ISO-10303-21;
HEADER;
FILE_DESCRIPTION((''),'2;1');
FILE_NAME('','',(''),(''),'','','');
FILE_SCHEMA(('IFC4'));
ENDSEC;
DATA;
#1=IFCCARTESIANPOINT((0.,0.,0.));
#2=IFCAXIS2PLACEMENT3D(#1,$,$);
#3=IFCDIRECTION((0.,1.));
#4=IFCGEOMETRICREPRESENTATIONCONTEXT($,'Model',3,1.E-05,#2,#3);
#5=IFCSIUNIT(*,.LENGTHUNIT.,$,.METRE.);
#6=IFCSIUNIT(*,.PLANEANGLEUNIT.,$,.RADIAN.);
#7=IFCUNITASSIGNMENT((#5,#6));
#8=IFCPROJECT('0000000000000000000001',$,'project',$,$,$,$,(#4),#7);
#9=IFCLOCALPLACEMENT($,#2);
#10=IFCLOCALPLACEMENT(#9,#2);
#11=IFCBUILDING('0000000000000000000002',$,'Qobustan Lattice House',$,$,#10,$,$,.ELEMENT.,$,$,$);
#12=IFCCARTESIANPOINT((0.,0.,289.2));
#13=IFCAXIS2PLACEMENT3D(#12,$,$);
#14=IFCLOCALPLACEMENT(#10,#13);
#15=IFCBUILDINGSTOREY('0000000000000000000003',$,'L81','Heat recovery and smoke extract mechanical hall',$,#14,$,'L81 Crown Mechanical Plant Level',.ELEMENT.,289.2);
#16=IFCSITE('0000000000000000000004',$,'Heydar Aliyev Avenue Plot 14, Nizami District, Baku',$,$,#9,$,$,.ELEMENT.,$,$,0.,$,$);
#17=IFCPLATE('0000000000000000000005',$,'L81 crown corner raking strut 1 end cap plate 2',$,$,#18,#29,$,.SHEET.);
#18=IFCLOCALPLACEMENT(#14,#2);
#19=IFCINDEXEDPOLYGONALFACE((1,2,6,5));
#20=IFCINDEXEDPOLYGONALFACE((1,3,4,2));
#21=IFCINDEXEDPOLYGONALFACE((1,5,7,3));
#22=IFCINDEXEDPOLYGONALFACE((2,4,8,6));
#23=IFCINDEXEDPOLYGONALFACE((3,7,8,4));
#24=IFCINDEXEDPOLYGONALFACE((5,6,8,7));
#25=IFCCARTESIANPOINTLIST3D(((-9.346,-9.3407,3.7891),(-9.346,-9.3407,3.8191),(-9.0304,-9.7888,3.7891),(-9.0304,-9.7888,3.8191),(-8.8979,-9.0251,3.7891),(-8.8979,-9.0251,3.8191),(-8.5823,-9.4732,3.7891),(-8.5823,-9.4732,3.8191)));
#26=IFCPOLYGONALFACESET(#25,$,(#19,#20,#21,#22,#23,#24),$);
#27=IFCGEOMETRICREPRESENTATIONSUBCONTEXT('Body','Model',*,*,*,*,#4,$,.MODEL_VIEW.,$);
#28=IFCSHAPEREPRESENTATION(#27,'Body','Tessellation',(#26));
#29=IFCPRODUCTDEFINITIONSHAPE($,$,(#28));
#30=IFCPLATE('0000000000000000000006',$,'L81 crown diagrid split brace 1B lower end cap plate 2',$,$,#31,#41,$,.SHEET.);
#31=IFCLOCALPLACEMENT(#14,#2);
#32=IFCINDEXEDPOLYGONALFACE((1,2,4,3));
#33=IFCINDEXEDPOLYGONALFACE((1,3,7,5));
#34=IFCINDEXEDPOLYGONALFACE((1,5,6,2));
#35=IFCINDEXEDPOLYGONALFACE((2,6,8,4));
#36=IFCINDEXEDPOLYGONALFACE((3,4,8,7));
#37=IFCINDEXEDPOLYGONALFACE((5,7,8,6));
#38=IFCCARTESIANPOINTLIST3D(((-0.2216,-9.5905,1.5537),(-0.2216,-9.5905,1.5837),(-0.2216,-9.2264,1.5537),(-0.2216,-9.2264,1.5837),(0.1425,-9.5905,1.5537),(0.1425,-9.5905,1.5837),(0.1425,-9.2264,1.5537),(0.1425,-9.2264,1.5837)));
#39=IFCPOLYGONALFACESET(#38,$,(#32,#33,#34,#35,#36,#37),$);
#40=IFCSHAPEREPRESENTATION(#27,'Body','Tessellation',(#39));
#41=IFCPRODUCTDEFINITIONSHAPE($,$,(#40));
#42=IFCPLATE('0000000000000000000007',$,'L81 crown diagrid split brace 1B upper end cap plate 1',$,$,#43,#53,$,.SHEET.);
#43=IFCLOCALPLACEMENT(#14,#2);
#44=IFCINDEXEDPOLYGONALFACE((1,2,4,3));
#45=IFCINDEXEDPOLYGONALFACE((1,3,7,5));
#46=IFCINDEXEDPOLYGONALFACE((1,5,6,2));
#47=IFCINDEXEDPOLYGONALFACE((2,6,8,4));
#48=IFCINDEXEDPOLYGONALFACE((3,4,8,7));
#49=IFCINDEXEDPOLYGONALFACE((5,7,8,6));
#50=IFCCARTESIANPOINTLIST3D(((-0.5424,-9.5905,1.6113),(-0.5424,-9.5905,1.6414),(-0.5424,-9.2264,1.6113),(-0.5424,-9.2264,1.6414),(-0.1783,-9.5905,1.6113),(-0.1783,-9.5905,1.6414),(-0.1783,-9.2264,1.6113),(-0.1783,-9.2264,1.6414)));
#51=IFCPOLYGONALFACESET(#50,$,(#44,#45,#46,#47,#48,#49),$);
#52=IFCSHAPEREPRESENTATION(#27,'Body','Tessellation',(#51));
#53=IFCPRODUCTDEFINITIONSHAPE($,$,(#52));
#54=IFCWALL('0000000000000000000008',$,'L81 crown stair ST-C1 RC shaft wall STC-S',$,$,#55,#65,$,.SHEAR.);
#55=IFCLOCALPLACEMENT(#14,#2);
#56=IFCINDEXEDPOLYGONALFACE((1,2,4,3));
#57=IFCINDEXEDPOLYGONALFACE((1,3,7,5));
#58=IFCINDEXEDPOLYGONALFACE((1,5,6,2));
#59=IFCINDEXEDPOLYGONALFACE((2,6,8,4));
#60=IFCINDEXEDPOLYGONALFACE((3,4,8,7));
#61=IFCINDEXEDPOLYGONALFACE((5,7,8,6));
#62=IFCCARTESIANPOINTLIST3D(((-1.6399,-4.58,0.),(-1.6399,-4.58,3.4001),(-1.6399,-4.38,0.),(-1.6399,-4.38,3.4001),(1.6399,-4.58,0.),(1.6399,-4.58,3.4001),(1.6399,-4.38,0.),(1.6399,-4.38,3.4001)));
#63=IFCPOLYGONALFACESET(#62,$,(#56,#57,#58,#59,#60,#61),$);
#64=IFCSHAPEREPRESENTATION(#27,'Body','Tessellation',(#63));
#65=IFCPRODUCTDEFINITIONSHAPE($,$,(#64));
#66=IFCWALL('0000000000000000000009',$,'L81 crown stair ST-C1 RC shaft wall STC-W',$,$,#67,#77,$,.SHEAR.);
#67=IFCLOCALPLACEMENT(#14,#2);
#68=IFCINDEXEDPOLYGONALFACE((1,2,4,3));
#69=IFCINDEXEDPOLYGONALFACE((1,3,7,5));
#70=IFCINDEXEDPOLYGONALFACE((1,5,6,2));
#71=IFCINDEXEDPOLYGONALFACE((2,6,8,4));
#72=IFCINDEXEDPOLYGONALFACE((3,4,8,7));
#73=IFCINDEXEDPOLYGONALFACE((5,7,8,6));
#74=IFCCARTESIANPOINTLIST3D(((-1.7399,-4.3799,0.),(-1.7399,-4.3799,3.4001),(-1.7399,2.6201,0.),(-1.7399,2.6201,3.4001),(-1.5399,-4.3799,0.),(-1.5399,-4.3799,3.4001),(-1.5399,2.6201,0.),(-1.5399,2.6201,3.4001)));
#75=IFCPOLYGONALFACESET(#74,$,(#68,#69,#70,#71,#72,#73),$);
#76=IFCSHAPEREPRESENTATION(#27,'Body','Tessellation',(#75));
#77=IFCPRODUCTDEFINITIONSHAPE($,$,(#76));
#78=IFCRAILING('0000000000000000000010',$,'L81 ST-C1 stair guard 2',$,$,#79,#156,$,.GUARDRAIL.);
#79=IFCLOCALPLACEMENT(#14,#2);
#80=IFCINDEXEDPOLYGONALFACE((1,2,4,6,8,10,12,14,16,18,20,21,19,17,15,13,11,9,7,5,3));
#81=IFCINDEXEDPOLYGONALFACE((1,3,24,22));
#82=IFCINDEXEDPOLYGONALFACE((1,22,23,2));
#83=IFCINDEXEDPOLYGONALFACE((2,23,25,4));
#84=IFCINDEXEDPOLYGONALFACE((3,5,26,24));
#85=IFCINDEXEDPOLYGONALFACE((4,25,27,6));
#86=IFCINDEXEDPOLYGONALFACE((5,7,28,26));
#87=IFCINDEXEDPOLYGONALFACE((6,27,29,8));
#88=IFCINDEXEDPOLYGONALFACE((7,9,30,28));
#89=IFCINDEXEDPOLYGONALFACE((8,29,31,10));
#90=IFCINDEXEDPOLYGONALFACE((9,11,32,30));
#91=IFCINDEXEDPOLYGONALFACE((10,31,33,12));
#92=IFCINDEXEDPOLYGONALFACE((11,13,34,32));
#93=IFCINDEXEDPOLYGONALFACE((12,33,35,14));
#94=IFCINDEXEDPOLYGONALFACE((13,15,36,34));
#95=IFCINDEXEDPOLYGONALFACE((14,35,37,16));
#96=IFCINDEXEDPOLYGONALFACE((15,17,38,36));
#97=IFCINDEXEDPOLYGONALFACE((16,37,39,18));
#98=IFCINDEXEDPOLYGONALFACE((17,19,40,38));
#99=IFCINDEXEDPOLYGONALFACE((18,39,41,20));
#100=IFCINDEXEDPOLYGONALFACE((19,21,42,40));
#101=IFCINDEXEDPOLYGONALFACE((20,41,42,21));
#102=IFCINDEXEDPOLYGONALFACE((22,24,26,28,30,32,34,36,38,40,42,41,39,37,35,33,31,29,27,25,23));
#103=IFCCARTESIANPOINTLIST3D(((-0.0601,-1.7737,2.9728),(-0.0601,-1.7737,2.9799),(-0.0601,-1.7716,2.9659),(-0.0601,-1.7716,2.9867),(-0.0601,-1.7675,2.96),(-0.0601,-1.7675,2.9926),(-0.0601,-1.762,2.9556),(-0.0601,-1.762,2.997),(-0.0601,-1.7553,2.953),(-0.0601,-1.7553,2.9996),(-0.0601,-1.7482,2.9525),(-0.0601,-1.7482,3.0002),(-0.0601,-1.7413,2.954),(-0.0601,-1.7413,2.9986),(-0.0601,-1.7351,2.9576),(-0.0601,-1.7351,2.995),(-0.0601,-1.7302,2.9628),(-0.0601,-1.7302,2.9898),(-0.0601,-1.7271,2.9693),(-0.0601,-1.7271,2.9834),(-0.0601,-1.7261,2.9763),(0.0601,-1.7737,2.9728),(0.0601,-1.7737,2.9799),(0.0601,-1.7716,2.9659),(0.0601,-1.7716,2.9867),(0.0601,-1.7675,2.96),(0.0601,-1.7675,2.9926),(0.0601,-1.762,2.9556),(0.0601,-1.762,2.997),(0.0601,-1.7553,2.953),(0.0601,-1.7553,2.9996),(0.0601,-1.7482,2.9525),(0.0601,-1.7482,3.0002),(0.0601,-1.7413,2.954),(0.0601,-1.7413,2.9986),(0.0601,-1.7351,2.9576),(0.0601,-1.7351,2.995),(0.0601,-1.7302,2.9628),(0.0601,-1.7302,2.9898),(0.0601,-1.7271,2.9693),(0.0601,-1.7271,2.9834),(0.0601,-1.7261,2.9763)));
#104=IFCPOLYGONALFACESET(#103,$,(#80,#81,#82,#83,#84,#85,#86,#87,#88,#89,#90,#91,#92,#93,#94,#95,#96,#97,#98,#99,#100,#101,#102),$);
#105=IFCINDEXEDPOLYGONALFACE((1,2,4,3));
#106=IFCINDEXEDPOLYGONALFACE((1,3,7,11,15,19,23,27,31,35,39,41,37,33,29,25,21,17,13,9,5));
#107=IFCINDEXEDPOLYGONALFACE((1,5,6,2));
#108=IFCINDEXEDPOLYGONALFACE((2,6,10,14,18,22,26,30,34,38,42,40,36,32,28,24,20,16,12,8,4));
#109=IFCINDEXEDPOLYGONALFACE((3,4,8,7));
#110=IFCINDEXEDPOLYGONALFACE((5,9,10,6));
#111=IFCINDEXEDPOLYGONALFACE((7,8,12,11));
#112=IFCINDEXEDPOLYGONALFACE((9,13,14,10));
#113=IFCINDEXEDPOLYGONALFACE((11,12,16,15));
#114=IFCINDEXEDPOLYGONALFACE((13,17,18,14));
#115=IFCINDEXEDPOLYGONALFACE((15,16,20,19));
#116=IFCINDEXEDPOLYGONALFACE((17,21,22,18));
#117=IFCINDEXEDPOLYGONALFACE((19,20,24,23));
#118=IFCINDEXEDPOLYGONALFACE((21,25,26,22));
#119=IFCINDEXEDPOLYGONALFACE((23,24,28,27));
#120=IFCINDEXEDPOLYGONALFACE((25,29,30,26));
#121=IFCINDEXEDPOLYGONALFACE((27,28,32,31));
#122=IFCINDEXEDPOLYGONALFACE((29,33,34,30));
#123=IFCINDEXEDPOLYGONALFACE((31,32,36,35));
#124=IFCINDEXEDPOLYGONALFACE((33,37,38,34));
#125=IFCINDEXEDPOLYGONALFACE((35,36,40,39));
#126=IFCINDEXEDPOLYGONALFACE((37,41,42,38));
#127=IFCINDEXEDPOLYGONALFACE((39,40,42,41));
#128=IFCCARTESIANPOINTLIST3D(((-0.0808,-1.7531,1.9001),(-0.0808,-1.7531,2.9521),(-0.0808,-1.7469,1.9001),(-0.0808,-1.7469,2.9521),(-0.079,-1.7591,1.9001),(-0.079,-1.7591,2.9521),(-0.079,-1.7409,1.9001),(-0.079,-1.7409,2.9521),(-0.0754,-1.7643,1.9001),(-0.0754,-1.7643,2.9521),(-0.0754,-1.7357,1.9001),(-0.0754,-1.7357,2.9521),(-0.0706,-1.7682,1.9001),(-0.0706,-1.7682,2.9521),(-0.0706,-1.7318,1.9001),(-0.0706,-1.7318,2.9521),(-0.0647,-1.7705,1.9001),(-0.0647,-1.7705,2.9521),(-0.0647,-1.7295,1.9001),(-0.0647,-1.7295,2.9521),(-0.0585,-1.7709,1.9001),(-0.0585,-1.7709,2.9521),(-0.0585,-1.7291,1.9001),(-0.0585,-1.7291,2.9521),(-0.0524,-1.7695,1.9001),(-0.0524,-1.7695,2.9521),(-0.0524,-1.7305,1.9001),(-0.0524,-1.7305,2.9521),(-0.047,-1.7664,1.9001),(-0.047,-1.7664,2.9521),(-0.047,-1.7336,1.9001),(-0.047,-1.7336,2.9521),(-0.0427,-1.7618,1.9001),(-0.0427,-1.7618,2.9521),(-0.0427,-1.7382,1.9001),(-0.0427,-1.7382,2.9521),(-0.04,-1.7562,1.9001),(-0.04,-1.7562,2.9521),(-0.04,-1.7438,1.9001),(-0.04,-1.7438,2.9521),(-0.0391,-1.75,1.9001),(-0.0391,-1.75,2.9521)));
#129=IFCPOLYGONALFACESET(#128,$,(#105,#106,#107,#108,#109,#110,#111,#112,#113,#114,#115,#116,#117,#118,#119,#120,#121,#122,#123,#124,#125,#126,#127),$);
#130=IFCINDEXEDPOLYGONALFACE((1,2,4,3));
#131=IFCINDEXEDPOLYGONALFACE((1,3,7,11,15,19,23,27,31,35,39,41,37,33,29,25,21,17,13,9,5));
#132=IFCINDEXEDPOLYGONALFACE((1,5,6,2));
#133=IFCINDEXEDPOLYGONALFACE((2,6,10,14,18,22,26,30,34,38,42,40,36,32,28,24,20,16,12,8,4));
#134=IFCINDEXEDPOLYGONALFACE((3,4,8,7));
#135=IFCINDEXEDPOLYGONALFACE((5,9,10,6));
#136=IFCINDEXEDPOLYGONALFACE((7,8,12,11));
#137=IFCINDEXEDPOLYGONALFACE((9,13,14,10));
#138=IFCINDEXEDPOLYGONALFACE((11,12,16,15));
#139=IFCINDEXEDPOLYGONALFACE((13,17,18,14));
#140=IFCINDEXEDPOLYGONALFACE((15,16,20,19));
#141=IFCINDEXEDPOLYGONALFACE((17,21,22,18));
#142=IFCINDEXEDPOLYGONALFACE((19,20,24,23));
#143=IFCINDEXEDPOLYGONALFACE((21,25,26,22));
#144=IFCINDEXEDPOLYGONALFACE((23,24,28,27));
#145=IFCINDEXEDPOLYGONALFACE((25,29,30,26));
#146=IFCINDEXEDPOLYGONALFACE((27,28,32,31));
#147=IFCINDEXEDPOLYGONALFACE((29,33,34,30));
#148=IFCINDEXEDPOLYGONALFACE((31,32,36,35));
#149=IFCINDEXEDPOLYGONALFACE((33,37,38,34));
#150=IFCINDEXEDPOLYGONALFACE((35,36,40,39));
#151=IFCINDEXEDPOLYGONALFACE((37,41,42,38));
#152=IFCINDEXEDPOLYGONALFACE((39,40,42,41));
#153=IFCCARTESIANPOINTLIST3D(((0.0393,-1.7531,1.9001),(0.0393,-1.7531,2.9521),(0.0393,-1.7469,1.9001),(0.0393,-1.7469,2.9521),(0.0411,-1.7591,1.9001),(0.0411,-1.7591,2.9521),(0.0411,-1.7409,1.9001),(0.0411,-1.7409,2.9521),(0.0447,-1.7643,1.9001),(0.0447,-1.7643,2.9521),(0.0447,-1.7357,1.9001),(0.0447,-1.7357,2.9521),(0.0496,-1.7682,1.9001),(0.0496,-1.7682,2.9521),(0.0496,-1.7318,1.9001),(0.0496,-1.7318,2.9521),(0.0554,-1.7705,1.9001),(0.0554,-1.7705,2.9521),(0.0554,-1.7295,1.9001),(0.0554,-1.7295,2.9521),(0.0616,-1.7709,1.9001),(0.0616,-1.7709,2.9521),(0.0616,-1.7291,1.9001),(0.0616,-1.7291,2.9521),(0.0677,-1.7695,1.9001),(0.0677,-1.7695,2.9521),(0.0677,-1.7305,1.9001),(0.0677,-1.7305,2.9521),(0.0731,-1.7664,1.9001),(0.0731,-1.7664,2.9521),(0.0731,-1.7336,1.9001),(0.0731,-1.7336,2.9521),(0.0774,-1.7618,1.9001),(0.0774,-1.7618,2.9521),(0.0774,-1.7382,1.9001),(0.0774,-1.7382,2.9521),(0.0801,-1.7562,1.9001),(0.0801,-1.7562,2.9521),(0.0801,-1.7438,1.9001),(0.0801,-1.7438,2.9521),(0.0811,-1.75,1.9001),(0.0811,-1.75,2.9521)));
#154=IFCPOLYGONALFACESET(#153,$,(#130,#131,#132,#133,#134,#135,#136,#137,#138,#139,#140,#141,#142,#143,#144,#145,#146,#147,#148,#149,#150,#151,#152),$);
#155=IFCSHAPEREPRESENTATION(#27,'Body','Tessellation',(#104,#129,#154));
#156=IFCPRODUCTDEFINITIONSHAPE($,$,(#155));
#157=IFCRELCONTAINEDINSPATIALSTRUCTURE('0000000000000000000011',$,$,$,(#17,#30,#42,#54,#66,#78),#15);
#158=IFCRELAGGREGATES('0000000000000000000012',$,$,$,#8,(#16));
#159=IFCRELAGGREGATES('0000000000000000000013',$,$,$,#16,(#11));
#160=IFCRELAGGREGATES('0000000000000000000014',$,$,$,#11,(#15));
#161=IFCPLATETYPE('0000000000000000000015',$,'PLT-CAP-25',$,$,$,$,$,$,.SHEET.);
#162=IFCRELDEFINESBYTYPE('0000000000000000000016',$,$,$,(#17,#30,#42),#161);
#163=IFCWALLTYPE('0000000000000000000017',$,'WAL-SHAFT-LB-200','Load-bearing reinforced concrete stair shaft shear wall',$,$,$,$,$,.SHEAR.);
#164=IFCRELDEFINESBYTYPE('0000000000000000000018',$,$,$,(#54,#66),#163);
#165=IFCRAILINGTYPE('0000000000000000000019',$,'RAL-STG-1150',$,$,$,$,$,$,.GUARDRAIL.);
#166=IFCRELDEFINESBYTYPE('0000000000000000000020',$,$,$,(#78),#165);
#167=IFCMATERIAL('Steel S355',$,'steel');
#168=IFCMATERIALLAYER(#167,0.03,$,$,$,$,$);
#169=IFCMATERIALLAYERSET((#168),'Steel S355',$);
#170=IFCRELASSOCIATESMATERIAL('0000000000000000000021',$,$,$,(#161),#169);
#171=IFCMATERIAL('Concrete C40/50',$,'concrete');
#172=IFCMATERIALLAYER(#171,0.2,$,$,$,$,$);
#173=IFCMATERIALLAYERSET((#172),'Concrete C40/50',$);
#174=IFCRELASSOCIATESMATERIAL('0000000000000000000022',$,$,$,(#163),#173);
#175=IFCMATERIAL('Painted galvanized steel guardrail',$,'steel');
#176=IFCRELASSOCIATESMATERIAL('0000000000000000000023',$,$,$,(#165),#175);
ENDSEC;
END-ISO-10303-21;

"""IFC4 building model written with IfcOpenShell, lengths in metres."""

from ifc_helpers import new_model, si_unit, direction, frame, frame_2d, origin, origin_2d, place, context, subcontext, project, spatial, rectangle, circle, extrude, material, layer, layer_set, type_object, element, save


model = new_model("IFC4")

# Units and contexts
model_context = context("Model", 3, precision=1e-05, world=origin(), true_north=direction((0.0, 1.0)))
body_context = subcontext(model_context, "Body", "Model", "MODEL_VIEW")
ifc_project = project(units=[si_unit("LENGTHUNIT", "METRE"), si_unit("PLANEANGLEUNIT", "RADIAN")], contexts=[model_context])

# Site, building, storey
site_placement = place(None, origin())
site = spatial("IfcSite", under=ifc_project, at=site_placement, Name="Heydar Aliyev Avenue Plot 14, Nizami District, Baku", CompositionType="ELEMENT", RefElevation=0.0)
building_placement = place(site_placement, origin())
building = spatial("IfcBuilding", under=site, at=building_placement, Name="Qobustan Lattice House", CompositionType="ELEMENT")
storey_placement = place(building_placement, frame((0.0, 0.0, 289.2)))
storey = spatial("IfcBuildingStorey", under=building, at=storey_placement, Name="L81", Description="Heat recovery and smoke extract mechanical hall", LongName="L81 Crown Mechanical Plant Level", CompositionType="ELEMENT", Elevation=289.2)

# Plates
ifc_material_1 = material(Name="Steel S355", Category="steel")
ifc_layer_1 = layer(ifc_material_1, 0.03)
ifc_layer_set_1 = layer_set([ifc_layer_1], Name="Steel S355")
plate_type_1 = type_object("IfcPlateType", Name="PLT-CAP-25", PredefinedType="SHEET", material=ifc_layer_set_1)
plate_1_placement = place(storey_placement, frame((-8.9641, -9.407, 3.7891), z_axis=(0.0, 0.0, 1.0), x_axis=(0.817587, 0.575805, 0.0)))
element("IfcPlate", 1, at=plate_1_placement, inside=storey, type_object=plate_type_1, Name="L81 crown corner raking strut 1 end cap plate 2", PredefinedType="SHEET", context=body_context, shape_type="SweptSolid", body=[
    extrude(rectangle(XDim=0.5481, YDim=0.5481, at=origin_2d()), origin(), (0.0, 0.0, 1.0), 0.03),
])
for number, where, z_axis, x_axis, name in (
    (2, (-0.0396, -9.4084, 1.5537), (0.0, 0.0, 1.0), (-1.0, 0.0, 0.0), "L81 crown diagrid split brace 1B lower end cap plate 2"),
    (3, (-0.3604, -9.4084, 1.6113), (0.0, 0.0, 1.0), (-1.0, 0.0, 0.0), "L81 crown diagrid split brace 1B upper end cap plate 1"),
):
    element("IfcPlate", number, at=place(storey_placement, frame(where, z_axis=z_axis, x_axis=x_axis)), inside=storey, type_object=plate_type_1, Name=name, PredefinedType="SHEET", context=body_context, shape_type="SweptSolid", body=[
        extrude(rectangle(XDim=0.364, YDim=0.364, at=origin_2d()), origin(), (0.0, 0.0, 1.0), 0.03),
    ])

# Walls
ifc_material_2 = material(Name="Concrete C40/50", Category="concrete")
ifc_layer_2 = layer(ifc_material_2, 0.2)
ifc_layer_set_2 = layer_set([ifc_layer_2], Name="Concrete C40/50")
wall_type = type_object("IfcWallType", Name="WAL-SHAFT-LB-200", Description="Load-bearing reinforced concrete stair shaft shear wall", PredefinedType="SHEAR", material=ifc_layer_set_2)
wall_1_placement = place(storey_placement, frame((-1.6399, -4.48, 0.0), z_axis=(0.0, 0.0, 1.0), x_axis=(1.0, 0.0, 0.0)))
element("IfcWall", 4, at=wall_1_placement, inside=storey, type_object=wall_type, Name="L81 crown stair ST-C1 RC shaft wall STC-S", PredefinedType="SHEAR", context=body_context, shape_type="SweptSolid", body=[
    extrude(rectangle(XDim=3.2798, YDim=0.2, at=frame_2d((1.6399, 0.0))), origin(), (0.0, 0.0, 1.0), 3.4001),
])
wall_2_placement = place(storey_placement, frame((-1.6399, -4.3799, 0.0), z_axis=(0.0, 0.0, 1.0), x_axis=(0.0, 1.0, 0.0)))
element("IfcWall", 5, at=wall_2_placement, inside=storey, type_object=wall_type, Name="L81 crown stair ST-C1 RC shaft wall STC-W", PredefinedType="SHEAR", context=body_context, shape_type="SweptSolid", body=[
    extrude(rectangle(XDim=7.0, YDim=0.2, at=frame_2d((3.5, 0.0))), origin(), (0.0, 0.0, 1.0), 3.4001),
])

# Railing
ifc_material_3 = material(Name="Painted galvanized steel guardrail", Category="steel")
railing_type = type_object("IfcRailingType", Name="RAL-STG-1150", PredefinedType="GUARDRAIL", material=ifc_material_3)
railing_1_placement = place(storey_placement, frame((-0.0601, -1.75, 1.9001)))
element("IfcRailing", 6, at=railing_1_placement, inside=storey, type_object=railing_type, Name="L81 ST-C1 stair guard 2", PredefinedType="GUARDRAIL", context=body_context, shape_type="SweptSolid", body=[
    extrude(circle(Radius=0.0239, at=origin_2d()), frame((0.0, 0.0, 1.0762), z_axis=(1.0, 0.0, 0.0), x_axis=(0.0, 1.0, 0.0)), (0.0, 0.0, 1.0), 0.1201),
    extrude(circle(Radius=0.021, at=origin_2d()), origin(), (0.0, 0.0, 1.0), 1.052),
    extrude(circle(Radius=0.021, at=origin_2d()), frame((0.1201, 0.0, 0.0)), (0.0, 0.0, 1.0), 1.052),
])

save(model, "model.ifc")
